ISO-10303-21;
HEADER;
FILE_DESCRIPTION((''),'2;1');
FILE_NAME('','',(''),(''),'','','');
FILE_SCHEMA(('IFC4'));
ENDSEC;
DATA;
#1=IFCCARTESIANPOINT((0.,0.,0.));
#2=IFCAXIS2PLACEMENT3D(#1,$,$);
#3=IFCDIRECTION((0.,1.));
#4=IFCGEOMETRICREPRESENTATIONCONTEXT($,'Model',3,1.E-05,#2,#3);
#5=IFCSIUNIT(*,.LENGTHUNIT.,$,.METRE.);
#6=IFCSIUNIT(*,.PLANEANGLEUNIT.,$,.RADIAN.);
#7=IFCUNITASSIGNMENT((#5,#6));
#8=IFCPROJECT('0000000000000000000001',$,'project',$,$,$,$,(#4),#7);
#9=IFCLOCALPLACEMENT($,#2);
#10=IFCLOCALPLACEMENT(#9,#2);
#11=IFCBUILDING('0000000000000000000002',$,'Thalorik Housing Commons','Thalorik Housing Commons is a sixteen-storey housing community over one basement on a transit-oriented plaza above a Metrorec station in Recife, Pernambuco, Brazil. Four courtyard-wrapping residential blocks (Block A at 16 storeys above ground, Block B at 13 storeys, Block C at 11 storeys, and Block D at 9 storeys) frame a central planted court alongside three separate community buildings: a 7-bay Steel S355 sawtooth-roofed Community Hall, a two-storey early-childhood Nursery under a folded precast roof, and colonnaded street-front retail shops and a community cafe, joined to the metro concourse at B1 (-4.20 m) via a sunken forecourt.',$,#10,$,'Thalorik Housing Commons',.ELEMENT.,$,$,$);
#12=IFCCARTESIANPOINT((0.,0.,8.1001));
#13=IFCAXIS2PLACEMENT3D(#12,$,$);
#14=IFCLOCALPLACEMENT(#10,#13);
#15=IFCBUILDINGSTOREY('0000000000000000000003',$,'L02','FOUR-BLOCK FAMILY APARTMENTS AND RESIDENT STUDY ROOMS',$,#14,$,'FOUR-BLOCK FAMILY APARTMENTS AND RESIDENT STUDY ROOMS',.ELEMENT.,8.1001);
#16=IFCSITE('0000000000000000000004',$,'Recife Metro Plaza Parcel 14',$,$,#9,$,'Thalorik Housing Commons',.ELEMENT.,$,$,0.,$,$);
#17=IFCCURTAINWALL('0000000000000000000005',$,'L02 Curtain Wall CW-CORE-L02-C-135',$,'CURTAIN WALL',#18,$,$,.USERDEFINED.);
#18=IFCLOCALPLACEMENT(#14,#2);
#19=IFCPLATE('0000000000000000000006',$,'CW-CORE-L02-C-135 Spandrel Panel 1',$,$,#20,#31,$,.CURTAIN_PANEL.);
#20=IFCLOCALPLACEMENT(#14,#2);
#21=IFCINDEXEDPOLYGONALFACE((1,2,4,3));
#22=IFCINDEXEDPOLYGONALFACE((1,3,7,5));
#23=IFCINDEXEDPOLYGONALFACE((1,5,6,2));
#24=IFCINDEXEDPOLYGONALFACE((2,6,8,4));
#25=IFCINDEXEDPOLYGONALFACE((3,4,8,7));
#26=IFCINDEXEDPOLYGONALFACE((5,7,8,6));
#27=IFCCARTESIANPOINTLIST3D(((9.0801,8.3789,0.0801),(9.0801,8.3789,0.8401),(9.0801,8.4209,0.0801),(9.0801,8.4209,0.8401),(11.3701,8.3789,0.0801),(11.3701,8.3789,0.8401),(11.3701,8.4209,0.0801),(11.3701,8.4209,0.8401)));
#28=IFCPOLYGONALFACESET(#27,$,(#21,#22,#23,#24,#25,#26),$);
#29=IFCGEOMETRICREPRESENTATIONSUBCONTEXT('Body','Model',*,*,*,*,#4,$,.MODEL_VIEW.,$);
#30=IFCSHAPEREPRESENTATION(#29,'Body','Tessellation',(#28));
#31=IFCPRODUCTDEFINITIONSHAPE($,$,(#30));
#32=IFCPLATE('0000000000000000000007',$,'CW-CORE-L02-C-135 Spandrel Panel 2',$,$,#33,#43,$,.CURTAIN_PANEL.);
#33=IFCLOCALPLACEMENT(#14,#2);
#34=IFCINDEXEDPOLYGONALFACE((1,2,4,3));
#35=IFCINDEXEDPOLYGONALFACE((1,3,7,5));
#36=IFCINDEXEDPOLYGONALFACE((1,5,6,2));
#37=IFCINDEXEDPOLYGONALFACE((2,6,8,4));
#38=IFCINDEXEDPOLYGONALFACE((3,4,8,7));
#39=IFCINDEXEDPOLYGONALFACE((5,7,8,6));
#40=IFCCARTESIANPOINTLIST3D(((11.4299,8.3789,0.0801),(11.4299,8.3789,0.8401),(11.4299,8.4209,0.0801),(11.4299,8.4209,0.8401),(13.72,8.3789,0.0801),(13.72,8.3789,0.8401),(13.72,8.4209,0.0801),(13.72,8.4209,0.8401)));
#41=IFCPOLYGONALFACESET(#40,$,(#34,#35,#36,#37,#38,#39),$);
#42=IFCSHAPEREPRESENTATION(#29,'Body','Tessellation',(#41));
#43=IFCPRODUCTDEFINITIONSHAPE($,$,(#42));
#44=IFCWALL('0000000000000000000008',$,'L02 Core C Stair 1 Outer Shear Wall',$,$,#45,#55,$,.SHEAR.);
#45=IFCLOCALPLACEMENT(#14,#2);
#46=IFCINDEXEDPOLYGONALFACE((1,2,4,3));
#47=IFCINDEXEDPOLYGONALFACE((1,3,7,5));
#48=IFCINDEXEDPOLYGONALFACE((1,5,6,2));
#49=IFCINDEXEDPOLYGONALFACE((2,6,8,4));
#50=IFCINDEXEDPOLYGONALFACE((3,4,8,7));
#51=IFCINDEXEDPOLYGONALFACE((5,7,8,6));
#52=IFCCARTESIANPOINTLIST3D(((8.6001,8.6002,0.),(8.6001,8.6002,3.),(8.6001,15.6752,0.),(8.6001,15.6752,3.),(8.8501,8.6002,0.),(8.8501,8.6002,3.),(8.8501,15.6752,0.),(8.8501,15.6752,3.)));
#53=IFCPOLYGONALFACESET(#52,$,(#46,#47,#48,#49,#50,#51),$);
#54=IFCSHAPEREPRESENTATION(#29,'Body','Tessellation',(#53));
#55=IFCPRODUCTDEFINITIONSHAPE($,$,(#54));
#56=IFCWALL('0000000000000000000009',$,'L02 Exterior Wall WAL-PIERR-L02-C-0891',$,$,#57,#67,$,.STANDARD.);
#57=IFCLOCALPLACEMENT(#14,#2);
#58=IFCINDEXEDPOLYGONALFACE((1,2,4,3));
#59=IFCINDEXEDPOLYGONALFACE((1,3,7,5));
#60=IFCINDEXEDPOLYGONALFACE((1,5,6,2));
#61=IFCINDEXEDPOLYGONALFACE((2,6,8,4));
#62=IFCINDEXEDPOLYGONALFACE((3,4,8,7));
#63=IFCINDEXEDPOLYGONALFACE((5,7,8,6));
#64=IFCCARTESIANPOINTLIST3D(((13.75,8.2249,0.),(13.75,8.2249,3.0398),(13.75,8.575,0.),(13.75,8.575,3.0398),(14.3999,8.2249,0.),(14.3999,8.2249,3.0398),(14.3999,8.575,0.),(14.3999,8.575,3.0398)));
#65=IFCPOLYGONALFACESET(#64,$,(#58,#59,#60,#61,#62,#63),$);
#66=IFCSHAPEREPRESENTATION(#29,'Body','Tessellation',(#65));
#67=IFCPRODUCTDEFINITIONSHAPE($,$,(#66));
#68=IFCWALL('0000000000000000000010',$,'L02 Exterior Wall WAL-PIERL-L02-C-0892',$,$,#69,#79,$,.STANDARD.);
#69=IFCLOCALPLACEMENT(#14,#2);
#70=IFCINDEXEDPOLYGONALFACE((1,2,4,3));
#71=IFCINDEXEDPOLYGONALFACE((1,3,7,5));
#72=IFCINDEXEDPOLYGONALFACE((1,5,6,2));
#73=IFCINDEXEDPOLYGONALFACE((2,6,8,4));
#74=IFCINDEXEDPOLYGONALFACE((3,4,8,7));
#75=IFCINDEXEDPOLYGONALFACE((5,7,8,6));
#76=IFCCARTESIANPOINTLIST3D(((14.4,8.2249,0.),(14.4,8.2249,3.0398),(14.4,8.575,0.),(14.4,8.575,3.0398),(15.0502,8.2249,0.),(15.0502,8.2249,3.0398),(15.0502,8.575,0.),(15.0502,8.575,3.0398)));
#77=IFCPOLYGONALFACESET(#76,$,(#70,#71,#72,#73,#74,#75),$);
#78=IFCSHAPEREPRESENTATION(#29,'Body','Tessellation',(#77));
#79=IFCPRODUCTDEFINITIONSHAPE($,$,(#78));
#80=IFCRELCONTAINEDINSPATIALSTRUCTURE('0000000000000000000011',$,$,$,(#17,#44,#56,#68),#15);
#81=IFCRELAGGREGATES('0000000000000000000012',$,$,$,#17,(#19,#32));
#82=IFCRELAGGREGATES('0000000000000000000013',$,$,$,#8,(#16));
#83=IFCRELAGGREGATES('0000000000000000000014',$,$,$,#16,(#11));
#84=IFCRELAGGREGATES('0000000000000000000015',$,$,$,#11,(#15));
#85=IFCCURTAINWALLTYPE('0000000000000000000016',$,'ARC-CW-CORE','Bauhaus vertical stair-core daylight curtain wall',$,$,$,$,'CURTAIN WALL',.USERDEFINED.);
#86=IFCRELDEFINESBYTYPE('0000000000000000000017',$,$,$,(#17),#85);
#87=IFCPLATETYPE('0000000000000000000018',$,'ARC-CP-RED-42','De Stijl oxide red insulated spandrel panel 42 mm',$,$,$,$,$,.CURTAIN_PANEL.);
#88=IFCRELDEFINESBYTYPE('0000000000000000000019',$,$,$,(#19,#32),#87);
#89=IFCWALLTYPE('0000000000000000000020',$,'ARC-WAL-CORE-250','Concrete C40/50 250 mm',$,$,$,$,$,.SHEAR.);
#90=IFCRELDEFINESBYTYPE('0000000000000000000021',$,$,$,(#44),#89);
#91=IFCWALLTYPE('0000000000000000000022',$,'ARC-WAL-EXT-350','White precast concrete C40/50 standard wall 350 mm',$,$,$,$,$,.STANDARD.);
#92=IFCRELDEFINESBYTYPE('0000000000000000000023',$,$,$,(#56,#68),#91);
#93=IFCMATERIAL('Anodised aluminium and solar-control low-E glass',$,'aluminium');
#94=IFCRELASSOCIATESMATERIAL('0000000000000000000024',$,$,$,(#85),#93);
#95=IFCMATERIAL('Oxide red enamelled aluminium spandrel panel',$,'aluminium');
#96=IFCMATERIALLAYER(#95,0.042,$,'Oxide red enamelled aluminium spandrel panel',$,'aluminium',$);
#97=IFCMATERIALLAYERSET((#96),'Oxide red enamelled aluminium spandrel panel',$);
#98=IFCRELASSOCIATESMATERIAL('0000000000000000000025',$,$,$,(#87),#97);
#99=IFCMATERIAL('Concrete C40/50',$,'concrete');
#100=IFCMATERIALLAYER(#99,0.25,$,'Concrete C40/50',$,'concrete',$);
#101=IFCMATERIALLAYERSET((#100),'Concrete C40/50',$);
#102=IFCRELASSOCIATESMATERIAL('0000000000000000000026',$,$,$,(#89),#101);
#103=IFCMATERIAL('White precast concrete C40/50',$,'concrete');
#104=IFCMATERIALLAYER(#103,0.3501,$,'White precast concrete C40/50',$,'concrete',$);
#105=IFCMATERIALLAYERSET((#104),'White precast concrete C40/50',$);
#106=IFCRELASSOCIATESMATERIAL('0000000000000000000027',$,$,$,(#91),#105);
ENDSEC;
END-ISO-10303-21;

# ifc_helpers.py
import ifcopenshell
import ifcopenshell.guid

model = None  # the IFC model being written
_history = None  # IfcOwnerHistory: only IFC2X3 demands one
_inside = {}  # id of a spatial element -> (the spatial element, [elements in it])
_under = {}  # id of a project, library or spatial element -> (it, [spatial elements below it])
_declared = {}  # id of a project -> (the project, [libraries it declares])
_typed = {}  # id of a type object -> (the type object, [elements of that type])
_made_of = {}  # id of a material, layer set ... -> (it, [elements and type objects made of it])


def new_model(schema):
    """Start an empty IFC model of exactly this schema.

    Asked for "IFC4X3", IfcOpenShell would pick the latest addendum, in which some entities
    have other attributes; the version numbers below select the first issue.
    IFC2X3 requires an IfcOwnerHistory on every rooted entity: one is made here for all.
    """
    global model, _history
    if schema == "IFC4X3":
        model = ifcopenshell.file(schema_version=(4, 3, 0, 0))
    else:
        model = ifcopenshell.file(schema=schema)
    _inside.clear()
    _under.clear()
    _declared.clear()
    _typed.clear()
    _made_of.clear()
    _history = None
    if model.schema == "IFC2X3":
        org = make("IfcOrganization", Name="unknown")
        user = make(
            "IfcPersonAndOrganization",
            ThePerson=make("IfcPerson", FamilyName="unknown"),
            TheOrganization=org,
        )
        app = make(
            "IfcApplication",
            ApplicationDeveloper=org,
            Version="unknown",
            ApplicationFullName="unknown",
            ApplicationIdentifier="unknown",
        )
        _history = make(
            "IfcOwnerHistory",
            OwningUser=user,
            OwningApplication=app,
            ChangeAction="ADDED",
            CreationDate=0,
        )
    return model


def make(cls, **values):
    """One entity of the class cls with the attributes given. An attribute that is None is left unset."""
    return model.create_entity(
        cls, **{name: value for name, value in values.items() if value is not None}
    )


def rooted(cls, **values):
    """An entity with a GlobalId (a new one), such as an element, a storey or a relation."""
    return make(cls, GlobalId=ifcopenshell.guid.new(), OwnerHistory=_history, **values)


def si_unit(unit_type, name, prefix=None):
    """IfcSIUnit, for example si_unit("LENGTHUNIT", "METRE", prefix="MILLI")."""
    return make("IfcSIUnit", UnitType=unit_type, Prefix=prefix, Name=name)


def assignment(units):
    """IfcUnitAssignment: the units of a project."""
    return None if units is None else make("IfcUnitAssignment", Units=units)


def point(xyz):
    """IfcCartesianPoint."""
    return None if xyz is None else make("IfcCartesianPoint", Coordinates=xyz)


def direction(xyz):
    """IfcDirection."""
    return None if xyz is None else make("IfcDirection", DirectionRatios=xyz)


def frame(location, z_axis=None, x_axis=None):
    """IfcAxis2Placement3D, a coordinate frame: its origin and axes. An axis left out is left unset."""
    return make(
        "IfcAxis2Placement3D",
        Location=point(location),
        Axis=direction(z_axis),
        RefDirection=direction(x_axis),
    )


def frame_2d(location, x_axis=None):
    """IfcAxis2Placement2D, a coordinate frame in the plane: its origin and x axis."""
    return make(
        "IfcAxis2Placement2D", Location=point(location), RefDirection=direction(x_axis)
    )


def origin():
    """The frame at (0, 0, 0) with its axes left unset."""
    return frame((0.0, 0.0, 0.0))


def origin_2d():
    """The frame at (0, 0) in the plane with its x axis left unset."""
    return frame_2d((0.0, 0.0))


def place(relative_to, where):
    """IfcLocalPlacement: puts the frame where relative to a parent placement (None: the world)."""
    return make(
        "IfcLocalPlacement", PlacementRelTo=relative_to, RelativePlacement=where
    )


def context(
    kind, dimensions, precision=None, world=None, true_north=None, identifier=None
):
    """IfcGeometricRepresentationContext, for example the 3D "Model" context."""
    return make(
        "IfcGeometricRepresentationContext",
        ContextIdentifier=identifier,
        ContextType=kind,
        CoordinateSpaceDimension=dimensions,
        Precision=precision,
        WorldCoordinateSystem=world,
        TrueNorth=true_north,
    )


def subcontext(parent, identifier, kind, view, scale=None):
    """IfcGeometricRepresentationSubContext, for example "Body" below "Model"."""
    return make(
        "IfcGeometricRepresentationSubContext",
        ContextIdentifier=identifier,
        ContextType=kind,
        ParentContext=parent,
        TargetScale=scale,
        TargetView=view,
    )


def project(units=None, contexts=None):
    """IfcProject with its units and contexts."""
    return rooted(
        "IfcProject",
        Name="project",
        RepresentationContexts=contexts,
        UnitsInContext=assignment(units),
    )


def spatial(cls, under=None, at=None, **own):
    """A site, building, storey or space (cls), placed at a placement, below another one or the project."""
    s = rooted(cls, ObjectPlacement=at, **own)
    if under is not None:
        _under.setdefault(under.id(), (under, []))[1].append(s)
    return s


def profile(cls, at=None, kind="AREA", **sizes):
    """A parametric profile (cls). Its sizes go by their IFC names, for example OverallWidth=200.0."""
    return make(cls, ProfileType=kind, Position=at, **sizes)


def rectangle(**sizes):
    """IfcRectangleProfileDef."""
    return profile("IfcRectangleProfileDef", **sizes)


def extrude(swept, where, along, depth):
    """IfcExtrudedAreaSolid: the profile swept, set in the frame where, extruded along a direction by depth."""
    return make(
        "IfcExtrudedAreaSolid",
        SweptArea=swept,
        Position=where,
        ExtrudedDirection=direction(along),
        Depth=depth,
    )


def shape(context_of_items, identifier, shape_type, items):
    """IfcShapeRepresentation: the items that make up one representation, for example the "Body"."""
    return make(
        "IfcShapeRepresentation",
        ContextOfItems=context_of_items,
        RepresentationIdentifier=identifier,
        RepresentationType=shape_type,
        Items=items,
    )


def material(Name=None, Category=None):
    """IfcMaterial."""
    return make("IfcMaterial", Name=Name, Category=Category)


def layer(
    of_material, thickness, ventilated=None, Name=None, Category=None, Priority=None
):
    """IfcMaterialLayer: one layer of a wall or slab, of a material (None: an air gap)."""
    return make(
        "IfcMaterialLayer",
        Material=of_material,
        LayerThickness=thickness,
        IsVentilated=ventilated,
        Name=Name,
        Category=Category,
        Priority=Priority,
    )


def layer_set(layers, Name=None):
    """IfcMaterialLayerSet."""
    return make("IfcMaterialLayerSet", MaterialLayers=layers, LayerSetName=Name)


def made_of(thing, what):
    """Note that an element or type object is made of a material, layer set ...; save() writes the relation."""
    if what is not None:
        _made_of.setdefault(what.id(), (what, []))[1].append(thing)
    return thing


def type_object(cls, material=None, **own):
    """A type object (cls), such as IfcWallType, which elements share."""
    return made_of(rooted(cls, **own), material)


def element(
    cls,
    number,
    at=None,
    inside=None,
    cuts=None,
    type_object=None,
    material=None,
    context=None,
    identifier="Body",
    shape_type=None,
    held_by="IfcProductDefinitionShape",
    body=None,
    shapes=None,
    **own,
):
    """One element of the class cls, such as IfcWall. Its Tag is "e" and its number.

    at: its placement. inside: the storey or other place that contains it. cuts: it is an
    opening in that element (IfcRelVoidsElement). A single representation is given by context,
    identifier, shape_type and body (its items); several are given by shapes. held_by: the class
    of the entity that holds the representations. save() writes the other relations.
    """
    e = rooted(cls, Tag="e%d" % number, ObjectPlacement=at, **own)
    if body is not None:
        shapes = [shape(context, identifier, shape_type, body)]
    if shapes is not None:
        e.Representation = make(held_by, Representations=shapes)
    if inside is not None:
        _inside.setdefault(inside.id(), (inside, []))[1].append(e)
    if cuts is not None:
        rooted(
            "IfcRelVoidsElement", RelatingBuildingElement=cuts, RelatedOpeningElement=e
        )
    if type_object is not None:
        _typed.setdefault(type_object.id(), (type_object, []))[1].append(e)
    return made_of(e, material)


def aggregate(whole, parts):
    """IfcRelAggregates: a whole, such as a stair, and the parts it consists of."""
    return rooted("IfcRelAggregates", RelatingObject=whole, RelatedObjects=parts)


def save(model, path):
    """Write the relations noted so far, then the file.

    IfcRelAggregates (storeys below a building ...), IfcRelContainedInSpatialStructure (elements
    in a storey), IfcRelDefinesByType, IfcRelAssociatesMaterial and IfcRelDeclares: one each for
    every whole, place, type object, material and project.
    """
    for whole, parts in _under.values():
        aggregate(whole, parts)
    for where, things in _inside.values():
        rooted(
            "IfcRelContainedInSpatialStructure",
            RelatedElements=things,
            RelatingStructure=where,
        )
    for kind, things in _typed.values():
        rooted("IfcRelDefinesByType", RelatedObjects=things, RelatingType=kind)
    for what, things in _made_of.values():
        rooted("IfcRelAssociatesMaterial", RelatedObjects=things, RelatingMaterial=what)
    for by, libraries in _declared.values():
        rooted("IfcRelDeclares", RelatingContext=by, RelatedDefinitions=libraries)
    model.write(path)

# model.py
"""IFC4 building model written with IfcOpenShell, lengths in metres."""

from ifc_helpers import new_model, si_unit, direction, frame, frame_2d, origin, origin_2d, place, context, subcontext, project, spatial, rectangle, extrude, material, layer, layer_set, type_object, element, aggregate, save


model = new_model("IFC4")

# Units and contexts
model_context = context("Model", 3, precision=1e-05, world=origin(), true_north=direction((0.0, 1.0)))
body_context = subcontext(model_context, "Body", "Model", "MODEL_VIEW")
ifc_project = project(units=[si_unit("LENGTHUNIT", "METRE"), si_unit("PLANEANGLEUNIT", "RADIAN")], contexts=[model_context])

# Site, building, storey
site_placement = place(None, origin())
site = spatial("IfcSite", under=ifc_project, at=site_placement, Name="Recife Metro Plaza Parcel 14", LongName="Thalorik Housing Commons", CompositionType="ELEMENT", RefElevation=0.0)
building_placement = place(site_placement, origin())
building = spatial("IfcBuilding", under=site, at=building_placement, Name="Thalorik Housing Commons", Description="Thalorik Housing Commons is a sixteen-storey housing community over one basement on a transit-oriented plaza above a Metrorec station in Recife, Pernambuco, Brazil. Four courtyard-wrapping residential blocks (Block A at 16 storeys above ground, Block B at 13 storeys, Block C at 11 storeys, and Block D at 9 storeys) frame a central planted court alongside three separate community buildings: a 7-bay Steel S355 sawtooth-roofed Community Hall, a two-storey early-childhood Nursery under a folded precast roof, and colonnaded street-front retail shops and a community cafe, joined to the metro concourse at B1 (-4.20 m) via a sunken forecourt.", LongName="Thalorik Housing Commons", CompositionType="ELEMENT")
storey_placement = place(building_placement, frame((0.0, 0.0, 8.1001)))
storey = spatial("IfcBuildingStorey", under=building, at=storey_placement, Name="L02", Description="FOUR-BLOCK FAMILY APARTMENTS AND RESIDENT STUDY ROOMS", LongName="FOUR-BLOCK FAMILY APARTMENTS AND RESIDENT STUDY ROOMS", CompositionType="ELEMENT", Elevation=8.1001)

# Shared definitions
ifc_material_1 = material(Name="Anodised aluminium and solar-control low-E glass", Category="aluminium")
curtain_wall_type = type_object("IfcCurtainWallType", Name="ARC-CW-CORE", Description="Bauhaus vertical stair-core daylight curtain wall", ElementType="CURTAIN WALL", PredefinedType="USERDEFINED", material=ifc_material_1)

# Curtain wall
curtain_wall_1_placement = place(storey_placement, origin())
curtain_wall_1 = element("IfcCurtainWall", 1, at=curtain_wall_1_placement, inside=storey, type_object=curtain_wall_type, Name="L02 Curtain Wall CW-CORE-L02-C-135", ObjectType="CURTAIN WALL", PredefinedType="USERDEFINED")

# Plates
ifc_material_2 = material(Name="Oxide red enamelled aluminium spandrel panel", Category="aluminium")
ifc_layer_1 = layer(ifc_material_2, 0.042, Name="Oxide red enamelled aluminium spandrel panel", Category="aluminium")
ifc_layer_set_1 = layer_set([ifc_layer_1], Name="Oxide red enamelled aluminium spandrel panel")
plate_type_1 = type_object("IfcPlateType", Name="ARC-CP-RED-42", Description="De Stijl oxide red insulated spandrel panel 42 mm", PredefinedType="CURTAIN_PANEL", material=ifc_layer_set_1)
plate_1_placement = place(storey_placement, frame((10.2251, 8.3999, 0.0801), z_axis=(0.0, 0.0, 1.0), x_axis=(1.0, 0.0, 0.0)))
plate_1 = element("IfcPlate", 2, at=plate_1_placement, type_object=plate_type_1, Name="CW-CORE-L02-C-135 Spandrel Panel 1", PredefinedType="CURTAIN_PANEL", context=body_context, shape_type="SweptSolid", body=[
    extrude(rectangle(XDim=2.29, YDim=0.042, at=origin_2d()), origin(), (0.0, 0.0, 1.0), 0.76),
])
plate_2_placement = place(storey_placement, frame((12.575, 8.3999, 0.0801), z_axis=(0.0, 0.0, 1.0), x_axis=(1.0, 0.0, 0.0)))
plate_2 = element("IfcPlate", 3, at=plate_2_placement, type_object=plate_type_1, Name="CW-CORE-L02-C-135 Spandrel Panel 2", PredefinedType="CURTAIN_PANEL", context=body_context, shape_type="SweptSolid", body=[
    extrude(rectangle(XDim=2.29, YDim=0.042, at=origin_2d()), origin(), (0.0, 0.0, 1.0), 0.76),
])
aggregate(curtain_wall_1, [plate_1, plate_2])

# Walls
ifc_material_3 = material(Name="Concrete C40/50", Category="concrete")
ifc_layer_2 = layer(ifc_material_3, 0.25, Name="Concrete C40/50", Category="concrete")
ifc_layer_set_2 = layer_set([ifc_layer_2], Name="Concrete C40/50")
wall_type_1 = type_object("IfcWallType", Name="ARC-WAL-CORE-250", Description="Concrete C40/50 250 mm", PredefinedType="SHEAR", material=ifc_layer_set_2)
wall_1_placement = place(storey_placement, frame((8.7251, 8.6001, 0.0), z_axis=(0.0, 0.0, 1.0), x_axis=(0.0, 1.0, 0.0)))
element("IfcWall", 4, at=wall_1_placement, inside=storey, type_object=wall_type_1, Name="L02 Core C Stair 1 Outer Shear Wall", PredefinedType="SHEAR", context=body_context, shape_type="SweptSolid", body=[
    extrude(rectangle(XDim=7.075, YDim=0.25, at=frame_2d((3.5376, 0.0))), origin(), (0.0, 0.0, 1.0), 3.0),
])
ifc_material_4 = material(Name="White precast concrete C40/50", Category="concrete")
ifc_layer_3 = layer(ifc_material_4, 0.3501, Name="White precast concrete C40/50", Category="concrete")
ifc_layer_set_3 = layer_set([ifc_layer_3], Name="White precast concrete C40/50")
wall_type_2 = type_object("IfcWallType", Name="ARC-WAL-EXT-350", Description="White precast concrete C40/50 standard wall 350 mm", PredefinedType="STANDARD", material=ifc_layer_set_3)
wall_2_placement = place(storey_placement, frame((13.75, 8.3999, 0.0), z_axis=(0.0, 0.0, 1.0), x_axis=(1.0, 0.0, 0.0)))
element("IfcWall", 5, at=wall_2_placement, inside=storey, type_object=wall_type_2, Name="L02 Exterior Wall WAL-PIERR-L02-C-0891", PredefinedType="STANDARD", context=body_context, shape_type="SweptSolid", body=[
    extrude(rectangle(XDim=0.6499, YDim=0.3501, at=frame_2d((0.325, 0.0))), origin(), (0.0, 0.0, 1.0), 3.0398),
])
wall_3_placement = place(storey_placement, frame((14.3999, 8.3999, 0.0), z_axis=(0.0, 0.0, 1.0), x_axis=(1.0, 0.0, 0.0)))
element("IfcWall", 6, at=wall_3_placement, inside=storey, type_object=wall_type_2, Name="L02 Exterior Wall WAL-PIERL-L02-C-0892", PredefinedType="STANDARD", context=body_context, shape_type="SweptSolid", body=[
    extrude(rectangle(XDim=0.6501, YDim=0.3501, at=frame_2d((0.3252, 0.0))), origin(), (0.0, 0.0, 1.0), 3.0398),
])

save(model, "model.ifc")
